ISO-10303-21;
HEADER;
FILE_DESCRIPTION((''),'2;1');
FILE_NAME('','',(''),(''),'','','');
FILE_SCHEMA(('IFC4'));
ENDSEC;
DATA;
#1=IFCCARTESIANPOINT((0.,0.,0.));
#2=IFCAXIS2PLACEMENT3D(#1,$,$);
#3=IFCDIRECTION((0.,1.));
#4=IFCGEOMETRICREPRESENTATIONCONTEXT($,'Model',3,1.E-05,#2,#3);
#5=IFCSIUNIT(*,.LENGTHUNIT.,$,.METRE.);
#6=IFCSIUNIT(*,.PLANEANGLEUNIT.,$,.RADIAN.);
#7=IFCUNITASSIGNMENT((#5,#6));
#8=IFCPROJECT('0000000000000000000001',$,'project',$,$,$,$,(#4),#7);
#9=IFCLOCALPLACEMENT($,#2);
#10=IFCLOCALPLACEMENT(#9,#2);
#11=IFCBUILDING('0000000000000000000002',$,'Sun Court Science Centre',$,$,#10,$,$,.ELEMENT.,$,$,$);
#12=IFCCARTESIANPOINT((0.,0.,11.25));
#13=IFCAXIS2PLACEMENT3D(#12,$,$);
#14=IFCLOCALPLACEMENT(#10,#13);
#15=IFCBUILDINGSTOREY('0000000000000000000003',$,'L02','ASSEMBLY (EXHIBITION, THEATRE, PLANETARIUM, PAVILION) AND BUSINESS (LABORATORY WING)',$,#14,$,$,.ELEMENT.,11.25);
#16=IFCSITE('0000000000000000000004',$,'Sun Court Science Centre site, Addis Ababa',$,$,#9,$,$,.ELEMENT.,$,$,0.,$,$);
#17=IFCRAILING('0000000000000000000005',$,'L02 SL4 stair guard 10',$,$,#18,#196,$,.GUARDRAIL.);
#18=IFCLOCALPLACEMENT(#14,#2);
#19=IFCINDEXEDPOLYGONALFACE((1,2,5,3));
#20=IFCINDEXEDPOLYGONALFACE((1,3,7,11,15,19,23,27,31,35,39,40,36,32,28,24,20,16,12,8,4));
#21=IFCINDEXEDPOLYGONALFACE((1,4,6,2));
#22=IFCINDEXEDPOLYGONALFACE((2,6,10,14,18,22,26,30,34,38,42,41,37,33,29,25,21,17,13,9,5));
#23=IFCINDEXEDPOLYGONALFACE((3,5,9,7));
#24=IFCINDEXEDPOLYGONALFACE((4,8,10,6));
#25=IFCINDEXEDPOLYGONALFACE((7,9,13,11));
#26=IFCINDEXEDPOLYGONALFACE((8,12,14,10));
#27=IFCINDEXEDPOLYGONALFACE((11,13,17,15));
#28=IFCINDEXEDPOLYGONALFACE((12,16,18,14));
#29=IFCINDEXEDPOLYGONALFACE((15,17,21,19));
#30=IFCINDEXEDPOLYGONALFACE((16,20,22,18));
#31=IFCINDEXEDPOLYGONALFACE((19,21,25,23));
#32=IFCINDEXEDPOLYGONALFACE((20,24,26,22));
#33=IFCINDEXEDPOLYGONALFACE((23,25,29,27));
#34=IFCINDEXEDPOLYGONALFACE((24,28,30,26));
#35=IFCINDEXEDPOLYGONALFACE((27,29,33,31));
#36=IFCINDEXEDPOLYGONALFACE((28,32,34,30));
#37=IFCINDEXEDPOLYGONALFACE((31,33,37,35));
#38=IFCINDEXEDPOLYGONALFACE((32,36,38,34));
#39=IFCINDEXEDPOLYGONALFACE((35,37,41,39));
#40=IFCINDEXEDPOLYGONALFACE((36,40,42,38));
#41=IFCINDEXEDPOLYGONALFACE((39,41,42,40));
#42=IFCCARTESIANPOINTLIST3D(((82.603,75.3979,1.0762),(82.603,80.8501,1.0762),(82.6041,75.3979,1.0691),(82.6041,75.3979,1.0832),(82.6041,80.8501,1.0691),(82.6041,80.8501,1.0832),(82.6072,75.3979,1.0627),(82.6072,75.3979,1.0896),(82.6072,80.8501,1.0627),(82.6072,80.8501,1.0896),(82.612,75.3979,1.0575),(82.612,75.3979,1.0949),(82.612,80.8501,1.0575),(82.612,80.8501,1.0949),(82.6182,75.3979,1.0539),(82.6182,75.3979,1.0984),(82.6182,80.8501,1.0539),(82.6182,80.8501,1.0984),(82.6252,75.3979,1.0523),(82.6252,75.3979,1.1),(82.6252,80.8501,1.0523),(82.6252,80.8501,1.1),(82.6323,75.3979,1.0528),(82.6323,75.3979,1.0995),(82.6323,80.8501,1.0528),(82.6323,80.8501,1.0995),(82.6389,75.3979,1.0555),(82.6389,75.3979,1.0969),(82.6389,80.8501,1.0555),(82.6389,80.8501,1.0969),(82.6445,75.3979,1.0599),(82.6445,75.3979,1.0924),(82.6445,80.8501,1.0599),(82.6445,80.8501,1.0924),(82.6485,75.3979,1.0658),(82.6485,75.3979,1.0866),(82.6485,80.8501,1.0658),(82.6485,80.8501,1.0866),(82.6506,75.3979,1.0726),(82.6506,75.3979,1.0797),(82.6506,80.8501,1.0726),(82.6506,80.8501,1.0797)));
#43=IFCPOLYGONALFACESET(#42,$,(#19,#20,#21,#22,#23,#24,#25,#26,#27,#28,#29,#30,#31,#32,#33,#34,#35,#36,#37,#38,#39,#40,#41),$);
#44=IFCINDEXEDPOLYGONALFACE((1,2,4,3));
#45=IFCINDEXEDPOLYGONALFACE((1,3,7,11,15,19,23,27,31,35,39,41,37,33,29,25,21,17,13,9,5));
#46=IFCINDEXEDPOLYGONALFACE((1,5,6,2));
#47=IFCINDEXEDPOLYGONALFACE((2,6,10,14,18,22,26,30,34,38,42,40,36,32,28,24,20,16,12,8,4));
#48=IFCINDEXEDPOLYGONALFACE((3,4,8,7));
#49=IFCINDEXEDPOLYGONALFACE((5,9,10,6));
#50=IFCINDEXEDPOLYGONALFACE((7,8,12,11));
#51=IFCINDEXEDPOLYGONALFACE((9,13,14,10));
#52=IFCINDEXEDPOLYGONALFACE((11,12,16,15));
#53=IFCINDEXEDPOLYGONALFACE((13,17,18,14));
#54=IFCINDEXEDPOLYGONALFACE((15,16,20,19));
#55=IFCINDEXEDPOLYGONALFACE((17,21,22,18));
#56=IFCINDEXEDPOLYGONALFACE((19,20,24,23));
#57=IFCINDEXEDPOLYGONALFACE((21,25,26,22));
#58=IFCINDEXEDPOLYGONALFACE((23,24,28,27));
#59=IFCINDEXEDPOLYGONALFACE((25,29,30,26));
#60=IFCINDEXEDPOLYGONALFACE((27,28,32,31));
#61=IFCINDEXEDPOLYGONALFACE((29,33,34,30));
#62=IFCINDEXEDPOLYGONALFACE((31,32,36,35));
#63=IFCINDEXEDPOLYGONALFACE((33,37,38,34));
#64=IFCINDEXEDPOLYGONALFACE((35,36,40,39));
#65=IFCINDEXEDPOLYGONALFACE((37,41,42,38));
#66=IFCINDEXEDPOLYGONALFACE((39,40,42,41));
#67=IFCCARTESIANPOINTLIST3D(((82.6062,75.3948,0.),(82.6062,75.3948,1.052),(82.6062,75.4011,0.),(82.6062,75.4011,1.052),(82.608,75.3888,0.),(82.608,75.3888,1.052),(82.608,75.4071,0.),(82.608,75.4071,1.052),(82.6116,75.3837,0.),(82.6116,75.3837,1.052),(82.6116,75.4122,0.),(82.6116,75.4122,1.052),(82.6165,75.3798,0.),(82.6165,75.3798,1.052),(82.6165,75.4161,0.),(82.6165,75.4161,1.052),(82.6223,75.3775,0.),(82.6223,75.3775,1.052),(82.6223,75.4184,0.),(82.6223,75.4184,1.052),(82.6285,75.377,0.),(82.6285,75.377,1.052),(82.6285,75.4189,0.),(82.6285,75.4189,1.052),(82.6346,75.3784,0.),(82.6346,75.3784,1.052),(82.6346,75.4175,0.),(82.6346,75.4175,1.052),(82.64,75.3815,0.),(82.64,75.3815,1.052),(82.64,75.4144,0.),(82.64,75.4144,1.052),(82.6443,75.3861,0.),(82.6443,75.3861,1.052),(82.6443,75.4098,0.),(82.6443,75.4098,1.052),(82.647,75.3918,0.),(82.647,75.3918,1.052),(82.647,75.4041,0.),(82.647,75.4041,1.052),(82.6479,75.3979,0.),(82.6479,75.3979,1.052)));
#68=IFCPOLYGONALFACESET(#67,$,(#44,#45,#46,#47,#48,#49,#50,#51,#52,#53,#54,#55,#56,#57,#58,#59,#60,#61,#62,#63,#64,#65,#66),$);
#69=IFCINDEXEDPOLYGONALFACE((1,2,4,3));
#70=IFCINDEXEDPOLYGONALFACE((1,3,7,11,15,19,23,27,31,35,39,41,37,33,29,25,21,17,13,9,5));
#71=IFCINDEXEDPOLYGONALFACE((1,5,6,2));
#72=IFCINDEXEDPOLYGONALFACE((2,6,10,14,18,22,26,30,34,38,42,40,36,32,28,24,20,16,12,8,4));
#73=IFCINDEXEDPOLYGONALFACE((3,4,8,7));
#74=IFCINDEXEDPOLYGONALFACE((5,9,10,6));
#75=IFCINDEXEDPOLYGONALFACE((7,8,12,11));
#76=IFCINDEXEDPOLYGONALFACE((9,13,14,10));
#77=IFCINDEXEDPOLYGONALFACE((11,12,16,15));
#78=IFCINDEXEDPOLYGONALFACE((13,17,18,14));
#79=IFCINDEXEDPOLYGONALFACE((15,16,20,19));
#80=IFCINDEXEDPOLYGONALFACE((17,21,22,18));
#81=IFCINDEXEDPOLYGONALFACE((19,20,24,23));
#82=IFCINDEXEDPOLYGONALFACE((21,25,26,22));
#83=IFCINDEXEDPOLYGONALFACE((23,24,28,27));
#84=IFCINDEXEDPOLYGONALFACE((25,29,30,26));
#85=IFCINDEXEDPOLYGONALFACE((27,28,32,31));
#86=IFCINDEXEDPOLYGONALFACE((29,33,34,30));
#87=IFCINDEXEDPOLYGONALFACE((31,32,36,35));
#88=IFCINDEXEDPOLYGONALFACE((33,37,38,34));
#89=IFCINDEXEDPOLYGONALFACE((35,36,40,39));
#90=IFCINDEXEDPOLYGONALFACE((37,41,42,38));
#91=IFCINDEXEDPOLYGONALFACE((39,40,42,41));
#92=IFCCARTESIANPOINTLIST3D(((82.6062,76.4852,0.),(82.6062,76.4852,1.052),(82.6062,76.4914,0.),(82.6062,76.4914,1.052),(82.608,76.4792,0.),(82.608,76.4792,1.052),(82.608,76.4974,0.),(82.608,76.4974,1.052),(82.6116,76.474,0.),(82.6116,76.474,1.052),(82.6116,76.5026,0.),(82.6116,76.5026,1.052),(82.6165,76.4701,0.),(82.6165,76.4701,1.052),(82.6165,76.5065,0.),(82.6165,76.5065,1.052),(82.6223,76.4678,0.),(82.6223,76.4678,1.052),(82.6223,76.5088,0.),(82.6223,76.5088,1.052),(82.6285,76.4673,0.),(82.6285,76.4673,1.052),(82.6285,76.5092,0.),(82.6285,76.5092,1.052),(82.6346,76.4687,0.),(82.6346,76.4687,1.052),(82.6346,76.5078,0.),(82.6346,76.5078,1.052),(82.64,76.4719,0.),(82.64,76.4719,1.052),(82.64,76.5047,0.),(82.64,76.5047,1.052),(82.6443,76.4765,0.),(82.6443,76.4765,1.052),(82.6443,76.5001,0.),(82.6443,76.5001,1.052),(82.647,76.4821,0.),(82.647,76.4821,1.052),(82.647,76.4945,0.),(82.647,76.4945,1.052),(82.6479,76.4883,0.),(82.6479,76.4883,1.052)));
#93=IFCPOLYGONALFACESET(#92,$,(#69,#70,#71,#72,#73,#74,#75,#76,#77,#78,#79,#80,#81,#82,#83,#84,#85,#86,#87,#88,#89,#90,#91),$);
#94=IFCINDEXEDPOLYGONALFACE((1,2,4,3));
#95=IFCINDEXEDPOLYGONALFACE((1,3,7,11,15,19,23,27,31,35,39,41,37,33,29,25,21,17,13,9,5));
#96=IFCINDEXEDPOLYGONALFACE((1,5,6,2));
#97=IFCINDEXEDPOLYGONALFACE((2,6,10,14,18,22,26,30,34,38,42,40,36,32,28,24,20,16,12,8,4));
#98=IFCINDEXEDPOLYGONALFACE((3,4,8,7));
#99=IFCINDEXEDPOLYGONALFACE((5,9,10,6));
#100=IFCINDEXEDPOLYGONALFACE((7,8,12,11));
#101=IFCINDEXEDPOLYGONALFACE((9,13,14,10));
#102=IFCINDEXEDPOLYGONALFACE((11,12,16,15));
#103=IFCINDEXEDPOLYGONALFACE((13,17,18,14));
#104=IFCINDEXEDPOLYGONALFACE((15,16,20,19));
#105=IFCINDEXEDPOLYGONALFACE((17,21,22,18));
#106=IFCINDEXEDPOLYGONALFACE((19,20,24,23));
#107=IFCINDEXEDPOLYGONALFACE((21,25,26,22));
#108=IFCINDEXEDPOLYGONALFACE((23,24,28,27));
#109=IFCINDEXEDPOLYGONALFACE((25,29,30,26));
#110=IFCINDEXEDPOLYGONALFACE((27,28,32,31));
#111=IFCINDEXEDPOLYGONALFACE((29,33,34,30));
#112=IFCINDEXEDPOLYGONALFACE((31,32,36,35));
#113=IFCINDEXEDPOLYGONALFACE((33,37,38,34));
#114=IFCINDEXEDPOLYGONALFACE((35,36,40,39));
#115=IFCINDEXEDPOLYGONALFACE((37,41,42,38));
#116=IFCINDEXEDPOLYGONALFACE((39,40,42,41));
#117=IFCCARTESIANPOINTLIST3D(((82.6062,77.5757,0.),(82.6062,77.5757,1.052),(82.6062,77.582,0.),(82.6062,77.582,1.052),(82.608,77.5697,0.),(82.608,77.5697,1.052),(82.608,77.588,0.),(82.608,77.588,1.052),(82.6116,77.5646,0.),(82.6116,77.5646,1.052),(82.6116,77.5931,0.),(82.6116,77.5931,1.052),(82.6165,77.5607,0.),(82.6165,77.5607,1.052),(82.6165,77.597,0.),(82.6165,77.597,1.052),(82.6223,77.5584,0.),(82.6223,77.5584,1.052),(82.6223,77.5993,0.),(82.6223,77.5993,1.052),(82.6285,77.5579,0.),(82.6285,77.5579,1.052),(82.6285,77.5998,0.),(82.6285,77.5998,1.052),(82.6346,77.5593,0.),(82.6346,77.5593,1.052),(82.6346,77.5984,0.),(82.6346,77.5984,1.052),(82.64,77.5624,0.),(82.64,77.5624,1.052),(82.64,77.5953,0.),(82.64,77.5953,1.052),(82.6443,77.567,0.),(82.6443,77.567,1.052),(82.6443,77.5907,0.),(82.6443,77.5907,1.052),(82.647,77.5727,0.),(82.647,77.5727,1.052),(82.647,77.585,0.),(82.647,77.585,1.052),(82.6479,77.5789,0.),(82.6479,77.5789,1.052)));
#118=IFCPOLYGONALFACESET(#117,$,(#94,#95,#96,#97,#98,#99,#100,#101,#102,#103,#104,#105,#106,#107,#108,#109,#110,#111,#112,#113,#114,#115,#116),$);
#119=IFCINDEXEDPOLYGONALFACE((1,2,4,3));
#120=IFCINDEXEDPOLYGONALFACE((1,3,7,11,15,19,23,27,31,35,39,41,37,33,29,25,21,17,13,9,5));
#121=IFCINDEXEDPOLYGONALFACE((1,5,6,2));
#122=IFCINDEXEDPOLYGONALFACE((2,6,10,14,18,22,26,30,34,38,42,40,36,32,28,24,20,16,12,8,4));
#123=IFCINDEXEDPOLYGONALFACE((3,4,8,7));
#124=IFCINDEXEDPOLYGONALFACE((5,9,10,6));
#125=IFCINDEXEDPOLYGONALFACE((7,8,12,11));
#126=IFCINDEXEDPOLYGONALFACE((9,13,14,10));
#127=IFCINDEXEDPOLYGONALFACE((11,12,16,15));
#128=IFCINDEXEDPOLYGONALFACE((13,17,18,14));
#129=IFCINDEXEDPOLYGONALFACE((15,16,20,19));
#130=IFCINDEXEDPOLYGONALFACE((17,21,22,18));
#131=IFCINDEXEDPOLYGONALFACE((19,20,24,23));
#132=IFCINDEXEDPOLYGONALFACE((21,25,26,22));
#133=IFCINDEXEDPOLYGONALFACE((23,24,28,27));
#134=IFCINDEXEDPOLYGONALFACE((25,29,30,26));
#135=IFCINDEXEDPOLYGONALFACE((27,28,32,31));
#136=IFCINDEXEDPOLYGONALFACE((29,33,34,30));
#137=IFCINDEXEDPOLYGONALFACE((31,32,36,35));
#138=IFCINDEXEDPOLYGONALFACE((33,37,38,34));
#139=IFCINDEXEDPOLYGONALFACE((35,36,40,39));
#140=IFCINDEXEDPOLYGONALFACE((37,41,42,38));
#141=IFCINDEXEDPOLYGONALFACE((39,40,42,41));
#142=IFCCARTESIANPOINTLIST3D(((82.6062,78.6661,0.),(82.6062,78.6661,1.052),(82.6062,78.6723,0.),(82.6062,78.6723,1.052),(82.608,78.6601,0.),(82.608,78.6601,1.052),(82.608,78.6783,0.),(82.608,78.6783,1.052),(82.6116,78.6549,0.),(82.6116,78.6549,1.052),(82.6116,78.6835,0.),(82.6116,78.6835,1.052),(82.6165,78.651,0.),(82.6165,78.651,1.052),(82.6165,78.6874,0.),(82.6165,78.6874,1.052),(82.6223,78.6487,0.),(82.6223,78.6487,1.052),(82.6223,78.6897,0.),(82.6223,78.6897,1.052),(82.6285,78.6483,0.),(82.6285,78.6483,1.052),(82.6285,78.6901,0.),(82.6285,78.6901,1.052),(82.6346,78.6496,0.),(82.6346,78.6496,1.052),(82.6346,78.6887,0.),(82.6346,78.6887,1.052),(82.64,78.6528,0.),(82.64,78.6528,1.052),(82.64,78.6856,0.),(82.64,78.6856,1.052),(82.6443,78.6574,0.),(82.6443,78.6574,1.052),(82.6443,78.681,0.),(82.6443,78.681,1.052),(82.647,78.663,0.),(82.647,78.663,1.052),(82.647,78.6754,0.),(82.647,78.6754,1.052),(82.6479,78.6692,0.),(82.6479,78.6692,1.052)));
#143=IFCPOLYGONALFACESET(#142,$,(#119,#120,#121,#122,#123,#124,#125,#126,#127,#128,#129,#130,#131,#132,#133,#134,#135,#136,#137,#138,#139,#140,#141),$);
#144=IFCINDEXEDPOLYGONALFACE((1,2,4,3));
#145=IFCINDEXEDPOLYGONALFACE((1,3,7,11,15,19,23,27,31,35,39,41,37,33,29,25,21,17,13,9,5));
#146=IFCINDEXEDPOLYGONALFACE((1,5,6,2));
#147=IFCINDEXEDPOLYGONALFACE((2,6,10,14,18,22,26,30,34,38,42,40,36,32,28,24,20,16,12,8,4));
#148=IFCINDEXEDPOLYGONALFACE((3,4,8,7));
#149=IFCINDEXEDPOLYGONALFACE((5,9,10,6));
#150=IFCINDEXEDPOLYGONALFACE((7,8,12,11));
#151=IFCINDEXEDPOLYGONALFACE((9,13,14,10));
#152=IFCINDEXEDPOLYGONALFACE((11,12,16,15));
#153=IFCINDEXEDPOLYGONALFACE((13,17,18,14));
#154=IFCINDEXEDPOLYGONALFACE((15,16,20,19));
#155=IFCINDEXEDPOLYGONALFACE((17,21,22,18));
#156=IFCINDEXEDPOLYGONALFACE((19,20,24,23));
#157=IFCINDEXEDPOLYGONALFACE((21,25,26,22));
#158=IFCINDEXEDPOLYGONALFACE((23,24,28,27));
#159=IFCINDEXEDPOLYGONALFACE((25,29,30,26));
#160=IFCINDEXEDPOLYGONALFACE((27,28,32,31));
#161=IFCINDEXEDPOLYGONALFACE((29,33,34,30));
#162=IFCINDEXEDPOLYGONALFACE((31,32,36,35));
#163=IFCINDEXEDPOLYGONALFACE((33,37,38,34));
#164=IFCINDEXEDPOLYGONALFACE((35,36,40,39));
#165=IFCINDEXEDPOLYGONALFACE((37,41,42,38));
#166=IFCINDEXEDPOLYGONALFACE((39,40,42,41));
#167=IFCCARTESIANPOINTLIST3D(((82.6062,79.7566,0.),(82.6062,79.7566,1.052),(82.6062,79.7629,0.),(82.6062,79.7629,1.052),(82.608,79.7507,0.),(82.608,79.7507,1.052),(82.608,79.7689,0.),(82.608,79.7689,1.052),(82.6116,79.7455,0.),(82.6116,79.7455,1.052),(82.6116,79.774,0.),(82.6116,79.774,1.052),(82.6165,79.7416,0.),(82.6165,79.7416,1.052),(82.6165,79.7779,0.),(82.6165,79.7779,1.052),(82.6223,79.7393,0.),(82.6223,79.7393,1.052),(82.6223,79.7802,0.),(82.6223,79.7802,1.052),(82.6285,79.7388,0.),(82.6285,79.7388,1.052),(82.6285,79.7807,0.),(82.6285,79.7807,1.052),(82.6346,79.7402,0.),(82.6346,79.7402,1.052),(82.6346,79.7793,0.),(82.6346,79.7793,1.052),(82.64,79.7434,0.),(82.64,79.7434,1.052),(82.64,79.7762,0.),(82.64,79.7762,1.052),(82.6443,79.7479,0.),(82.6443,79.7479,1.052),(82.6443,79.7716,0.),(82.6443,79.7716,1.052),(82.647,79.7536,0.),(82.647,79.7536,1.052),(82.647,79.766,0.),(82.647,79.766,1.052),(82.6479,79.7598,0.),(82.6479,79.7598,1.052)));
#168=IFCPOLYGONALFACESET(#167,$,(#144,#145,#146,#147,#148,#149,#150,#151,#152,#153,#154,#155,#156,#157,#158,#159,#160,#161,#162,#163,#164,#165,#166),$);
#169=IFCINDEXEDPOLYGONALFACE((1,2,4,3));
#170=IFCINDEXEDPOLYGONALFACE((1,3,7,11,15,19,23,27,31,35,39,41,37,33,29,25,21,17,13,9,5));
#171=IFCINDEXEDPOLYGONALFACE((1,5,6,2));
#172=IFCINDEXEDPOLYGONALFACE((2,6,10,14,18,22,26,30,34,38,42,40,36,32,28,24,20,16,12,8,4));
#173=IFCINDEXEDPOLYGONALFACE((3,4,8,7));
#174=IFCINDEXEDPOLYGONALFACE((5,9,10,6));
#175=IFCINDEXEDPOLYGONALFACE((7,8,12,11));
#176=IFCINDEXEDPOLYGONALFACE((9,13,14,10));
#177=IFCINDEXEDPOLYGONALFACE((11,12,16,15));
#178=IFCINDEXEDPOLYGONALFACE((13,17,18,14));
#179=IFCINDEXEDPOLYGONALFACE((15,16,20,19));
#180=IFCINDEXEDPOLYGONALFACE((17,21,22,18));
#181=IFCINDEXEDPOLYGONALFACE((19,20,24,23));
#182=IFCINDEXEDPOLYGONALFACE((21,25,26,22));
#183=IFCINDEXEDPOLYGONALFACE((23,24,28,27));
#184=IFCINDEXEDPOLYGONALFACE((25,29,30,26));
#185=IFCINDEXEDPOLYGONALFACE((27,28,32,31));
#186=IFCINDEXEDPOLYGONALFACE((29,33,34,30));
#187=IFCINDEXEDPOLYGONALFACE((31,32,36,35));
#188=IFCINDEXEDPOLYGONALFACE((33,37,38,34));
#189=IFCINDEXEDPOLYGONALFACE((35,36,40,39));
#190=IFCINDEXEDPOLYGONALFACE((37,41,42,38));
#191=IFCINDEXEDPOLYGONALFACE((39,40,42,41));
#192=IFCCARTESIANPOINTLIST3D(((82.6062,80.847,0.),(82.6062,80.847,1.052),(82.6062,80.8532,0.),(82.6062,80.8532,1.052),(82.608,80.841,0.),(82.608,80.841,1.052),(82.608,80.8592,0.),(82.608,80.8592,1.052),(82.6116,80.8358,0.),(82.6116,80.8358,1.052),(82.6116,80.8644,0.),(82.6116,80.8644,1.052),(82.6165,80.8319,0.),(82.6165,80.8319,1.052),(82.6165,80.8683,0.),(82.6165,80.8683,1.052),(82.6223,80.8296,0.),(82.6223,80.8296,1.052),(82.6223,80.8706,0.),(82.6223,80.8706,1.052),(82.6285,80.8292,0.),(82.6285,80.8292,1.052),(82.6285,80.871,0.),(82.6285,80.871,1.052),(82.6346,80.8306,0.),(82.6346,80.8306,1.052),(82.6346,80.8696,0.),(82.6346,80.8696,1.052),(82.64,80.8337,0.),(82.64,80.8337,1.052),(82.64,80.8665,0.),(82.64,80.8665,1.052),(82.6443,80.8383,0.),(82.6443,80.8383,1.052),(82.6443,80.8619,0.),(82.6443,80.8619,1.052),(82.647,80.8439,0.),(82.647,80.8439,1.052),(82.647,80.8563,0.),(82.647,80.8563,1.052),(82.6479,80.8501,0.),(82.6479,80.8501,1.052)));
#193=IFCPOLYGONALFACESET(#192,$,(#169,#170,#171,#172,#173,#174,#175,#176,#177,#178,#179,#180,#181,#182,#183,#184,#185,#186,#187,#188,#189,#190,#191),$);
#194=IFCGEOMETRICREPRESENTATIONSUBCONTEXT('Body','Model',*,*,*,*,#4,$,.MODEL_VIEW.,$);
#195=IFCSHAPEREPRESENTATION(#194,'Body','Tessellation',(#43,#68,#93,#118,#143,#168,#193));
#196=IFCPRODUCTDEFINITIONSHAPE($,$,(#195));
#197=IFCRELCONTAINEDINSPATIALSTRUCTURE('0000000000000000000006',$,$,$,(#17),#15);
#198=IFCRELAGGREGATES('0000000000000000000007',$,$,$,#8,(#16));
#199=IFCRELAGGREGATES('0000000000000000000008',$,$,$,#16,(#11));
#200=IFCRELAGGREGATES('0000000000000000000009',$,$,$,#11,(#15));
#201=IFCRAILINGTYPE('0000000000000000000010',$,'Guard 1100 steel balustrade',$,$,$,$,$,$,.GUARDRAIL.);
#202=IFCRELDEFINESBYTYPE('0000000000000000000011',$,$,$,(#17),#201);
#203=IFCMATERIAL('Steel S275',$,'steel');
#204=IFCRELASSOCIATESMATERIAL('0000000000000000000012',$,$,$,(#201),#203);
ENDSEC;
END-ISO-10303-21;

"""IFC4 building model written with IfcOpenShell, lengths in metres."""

from ifc_helpers import new_model, si_unit, direction, frame, origin, origin_2d, place, context, subcontext, project, spatial, circle, extrude, material, type_object, element, save


model = new_model("IFC4")

# Units and contexts
model_context = context("Model", 3, precision=1e-05, world=origin(), true_north=direction((0.0, 1.0)))
body_context = subcontext(model_context, "Body", "Model", "MODEL_VIEW")
ifc_project = project(units=[si_unit("LENGTHUNIT", "METRE"), si_unit("PLANEANGLEUNIT", "RADIAN")], contexts=[model_context])

# Site, building, storey
site_placement = place(None, origin())
site = spatial("IfcSite", under=ifc_project, at=site_placement, Name="Sun Court Science Centre site, Addis Ababa", CompositionType="ELEMENT", RefElevation=0.0)
building_placement = place(site_placement, origin())
building = spatial("IfcBuilding", under=site, at=building_placement, Name="Sun Court Science Centre", CompositionType="ELEMENT")
storey_placement = place(building_placement, frame((0.0, 0.0, 11.25)))
storey = spatial("IfcBuildingStorey", under=building, at=storey_placement, Name="L02", Description="ASSEMBLY (EXHIBITION, THEATRE, PLANETARIUM, PAVILION) AND BUSINESS (LABORATORY WING)", CompositionType="ELEMENT", Elevation=11.25)

# Railing
ifc_material_1 = material(Name="Steel S275", Category="steel")
railing_type_1 = type_object("IfcRailingType", Name="Guard 1100 steel balustrade", PredefinedType="GUARDRAIL", material=ifc_material_1)
railing_1_placement = place(storey_placement, frame((82.627, 75.3979, 0.0)))
element("IfcRailing", 1, at=railing_1_placement, inside=storey, type_object=railing_type_1, Name="L02 SL4 stair guard 10", PredefinedType="GUARDRAIL", context=body_context, shape_type="SweptSolid", body=[
    extrude(circle(Radius=0.0239, at=origin_2d()), frame((0.0, 0.0, 1.0762), z_axis=(0.0, 1.0, 0.0), x_axis=(-1.0, 0.0, 0.0)), (0.0, 0.0, 1.0), 5.4521),
    extrude(circle(Radius=0.021, at=origin_2d()), origin(), (0.0, 0.0, 1.0), 1.052),
    extrude(circle(Radius=0.021, at=origin_2d()), frame((0.0, 1.0903, 0.0)), (0.0, 0.0, 1.0), 1.052),
    extrude(circle(Radius=0.021, at=origin_2d()), frame((0.0, 2.1809, 0.0)), (0.0, 0.0, 1.0), 1.052),
    extrude(circle(Radius=0.021, at=origin_2d()), frame((0.0, 3.2712, 0.0)), (0.0, 0.0, 1.0), 1.052),
    extrude(circle(Radius=0.021, at=origin_2d()), frame((0.0, 4.3618, 0.0)), (0.0, 0.0, 1.0), 1.052),
    extrude(circle(Radius=0.021, at=origin_2d()), frame((0.0, 5.4521, 0.0)), (0.0, 0.0, 1.0), 1.052),
])

save(model, "model.ifc")
